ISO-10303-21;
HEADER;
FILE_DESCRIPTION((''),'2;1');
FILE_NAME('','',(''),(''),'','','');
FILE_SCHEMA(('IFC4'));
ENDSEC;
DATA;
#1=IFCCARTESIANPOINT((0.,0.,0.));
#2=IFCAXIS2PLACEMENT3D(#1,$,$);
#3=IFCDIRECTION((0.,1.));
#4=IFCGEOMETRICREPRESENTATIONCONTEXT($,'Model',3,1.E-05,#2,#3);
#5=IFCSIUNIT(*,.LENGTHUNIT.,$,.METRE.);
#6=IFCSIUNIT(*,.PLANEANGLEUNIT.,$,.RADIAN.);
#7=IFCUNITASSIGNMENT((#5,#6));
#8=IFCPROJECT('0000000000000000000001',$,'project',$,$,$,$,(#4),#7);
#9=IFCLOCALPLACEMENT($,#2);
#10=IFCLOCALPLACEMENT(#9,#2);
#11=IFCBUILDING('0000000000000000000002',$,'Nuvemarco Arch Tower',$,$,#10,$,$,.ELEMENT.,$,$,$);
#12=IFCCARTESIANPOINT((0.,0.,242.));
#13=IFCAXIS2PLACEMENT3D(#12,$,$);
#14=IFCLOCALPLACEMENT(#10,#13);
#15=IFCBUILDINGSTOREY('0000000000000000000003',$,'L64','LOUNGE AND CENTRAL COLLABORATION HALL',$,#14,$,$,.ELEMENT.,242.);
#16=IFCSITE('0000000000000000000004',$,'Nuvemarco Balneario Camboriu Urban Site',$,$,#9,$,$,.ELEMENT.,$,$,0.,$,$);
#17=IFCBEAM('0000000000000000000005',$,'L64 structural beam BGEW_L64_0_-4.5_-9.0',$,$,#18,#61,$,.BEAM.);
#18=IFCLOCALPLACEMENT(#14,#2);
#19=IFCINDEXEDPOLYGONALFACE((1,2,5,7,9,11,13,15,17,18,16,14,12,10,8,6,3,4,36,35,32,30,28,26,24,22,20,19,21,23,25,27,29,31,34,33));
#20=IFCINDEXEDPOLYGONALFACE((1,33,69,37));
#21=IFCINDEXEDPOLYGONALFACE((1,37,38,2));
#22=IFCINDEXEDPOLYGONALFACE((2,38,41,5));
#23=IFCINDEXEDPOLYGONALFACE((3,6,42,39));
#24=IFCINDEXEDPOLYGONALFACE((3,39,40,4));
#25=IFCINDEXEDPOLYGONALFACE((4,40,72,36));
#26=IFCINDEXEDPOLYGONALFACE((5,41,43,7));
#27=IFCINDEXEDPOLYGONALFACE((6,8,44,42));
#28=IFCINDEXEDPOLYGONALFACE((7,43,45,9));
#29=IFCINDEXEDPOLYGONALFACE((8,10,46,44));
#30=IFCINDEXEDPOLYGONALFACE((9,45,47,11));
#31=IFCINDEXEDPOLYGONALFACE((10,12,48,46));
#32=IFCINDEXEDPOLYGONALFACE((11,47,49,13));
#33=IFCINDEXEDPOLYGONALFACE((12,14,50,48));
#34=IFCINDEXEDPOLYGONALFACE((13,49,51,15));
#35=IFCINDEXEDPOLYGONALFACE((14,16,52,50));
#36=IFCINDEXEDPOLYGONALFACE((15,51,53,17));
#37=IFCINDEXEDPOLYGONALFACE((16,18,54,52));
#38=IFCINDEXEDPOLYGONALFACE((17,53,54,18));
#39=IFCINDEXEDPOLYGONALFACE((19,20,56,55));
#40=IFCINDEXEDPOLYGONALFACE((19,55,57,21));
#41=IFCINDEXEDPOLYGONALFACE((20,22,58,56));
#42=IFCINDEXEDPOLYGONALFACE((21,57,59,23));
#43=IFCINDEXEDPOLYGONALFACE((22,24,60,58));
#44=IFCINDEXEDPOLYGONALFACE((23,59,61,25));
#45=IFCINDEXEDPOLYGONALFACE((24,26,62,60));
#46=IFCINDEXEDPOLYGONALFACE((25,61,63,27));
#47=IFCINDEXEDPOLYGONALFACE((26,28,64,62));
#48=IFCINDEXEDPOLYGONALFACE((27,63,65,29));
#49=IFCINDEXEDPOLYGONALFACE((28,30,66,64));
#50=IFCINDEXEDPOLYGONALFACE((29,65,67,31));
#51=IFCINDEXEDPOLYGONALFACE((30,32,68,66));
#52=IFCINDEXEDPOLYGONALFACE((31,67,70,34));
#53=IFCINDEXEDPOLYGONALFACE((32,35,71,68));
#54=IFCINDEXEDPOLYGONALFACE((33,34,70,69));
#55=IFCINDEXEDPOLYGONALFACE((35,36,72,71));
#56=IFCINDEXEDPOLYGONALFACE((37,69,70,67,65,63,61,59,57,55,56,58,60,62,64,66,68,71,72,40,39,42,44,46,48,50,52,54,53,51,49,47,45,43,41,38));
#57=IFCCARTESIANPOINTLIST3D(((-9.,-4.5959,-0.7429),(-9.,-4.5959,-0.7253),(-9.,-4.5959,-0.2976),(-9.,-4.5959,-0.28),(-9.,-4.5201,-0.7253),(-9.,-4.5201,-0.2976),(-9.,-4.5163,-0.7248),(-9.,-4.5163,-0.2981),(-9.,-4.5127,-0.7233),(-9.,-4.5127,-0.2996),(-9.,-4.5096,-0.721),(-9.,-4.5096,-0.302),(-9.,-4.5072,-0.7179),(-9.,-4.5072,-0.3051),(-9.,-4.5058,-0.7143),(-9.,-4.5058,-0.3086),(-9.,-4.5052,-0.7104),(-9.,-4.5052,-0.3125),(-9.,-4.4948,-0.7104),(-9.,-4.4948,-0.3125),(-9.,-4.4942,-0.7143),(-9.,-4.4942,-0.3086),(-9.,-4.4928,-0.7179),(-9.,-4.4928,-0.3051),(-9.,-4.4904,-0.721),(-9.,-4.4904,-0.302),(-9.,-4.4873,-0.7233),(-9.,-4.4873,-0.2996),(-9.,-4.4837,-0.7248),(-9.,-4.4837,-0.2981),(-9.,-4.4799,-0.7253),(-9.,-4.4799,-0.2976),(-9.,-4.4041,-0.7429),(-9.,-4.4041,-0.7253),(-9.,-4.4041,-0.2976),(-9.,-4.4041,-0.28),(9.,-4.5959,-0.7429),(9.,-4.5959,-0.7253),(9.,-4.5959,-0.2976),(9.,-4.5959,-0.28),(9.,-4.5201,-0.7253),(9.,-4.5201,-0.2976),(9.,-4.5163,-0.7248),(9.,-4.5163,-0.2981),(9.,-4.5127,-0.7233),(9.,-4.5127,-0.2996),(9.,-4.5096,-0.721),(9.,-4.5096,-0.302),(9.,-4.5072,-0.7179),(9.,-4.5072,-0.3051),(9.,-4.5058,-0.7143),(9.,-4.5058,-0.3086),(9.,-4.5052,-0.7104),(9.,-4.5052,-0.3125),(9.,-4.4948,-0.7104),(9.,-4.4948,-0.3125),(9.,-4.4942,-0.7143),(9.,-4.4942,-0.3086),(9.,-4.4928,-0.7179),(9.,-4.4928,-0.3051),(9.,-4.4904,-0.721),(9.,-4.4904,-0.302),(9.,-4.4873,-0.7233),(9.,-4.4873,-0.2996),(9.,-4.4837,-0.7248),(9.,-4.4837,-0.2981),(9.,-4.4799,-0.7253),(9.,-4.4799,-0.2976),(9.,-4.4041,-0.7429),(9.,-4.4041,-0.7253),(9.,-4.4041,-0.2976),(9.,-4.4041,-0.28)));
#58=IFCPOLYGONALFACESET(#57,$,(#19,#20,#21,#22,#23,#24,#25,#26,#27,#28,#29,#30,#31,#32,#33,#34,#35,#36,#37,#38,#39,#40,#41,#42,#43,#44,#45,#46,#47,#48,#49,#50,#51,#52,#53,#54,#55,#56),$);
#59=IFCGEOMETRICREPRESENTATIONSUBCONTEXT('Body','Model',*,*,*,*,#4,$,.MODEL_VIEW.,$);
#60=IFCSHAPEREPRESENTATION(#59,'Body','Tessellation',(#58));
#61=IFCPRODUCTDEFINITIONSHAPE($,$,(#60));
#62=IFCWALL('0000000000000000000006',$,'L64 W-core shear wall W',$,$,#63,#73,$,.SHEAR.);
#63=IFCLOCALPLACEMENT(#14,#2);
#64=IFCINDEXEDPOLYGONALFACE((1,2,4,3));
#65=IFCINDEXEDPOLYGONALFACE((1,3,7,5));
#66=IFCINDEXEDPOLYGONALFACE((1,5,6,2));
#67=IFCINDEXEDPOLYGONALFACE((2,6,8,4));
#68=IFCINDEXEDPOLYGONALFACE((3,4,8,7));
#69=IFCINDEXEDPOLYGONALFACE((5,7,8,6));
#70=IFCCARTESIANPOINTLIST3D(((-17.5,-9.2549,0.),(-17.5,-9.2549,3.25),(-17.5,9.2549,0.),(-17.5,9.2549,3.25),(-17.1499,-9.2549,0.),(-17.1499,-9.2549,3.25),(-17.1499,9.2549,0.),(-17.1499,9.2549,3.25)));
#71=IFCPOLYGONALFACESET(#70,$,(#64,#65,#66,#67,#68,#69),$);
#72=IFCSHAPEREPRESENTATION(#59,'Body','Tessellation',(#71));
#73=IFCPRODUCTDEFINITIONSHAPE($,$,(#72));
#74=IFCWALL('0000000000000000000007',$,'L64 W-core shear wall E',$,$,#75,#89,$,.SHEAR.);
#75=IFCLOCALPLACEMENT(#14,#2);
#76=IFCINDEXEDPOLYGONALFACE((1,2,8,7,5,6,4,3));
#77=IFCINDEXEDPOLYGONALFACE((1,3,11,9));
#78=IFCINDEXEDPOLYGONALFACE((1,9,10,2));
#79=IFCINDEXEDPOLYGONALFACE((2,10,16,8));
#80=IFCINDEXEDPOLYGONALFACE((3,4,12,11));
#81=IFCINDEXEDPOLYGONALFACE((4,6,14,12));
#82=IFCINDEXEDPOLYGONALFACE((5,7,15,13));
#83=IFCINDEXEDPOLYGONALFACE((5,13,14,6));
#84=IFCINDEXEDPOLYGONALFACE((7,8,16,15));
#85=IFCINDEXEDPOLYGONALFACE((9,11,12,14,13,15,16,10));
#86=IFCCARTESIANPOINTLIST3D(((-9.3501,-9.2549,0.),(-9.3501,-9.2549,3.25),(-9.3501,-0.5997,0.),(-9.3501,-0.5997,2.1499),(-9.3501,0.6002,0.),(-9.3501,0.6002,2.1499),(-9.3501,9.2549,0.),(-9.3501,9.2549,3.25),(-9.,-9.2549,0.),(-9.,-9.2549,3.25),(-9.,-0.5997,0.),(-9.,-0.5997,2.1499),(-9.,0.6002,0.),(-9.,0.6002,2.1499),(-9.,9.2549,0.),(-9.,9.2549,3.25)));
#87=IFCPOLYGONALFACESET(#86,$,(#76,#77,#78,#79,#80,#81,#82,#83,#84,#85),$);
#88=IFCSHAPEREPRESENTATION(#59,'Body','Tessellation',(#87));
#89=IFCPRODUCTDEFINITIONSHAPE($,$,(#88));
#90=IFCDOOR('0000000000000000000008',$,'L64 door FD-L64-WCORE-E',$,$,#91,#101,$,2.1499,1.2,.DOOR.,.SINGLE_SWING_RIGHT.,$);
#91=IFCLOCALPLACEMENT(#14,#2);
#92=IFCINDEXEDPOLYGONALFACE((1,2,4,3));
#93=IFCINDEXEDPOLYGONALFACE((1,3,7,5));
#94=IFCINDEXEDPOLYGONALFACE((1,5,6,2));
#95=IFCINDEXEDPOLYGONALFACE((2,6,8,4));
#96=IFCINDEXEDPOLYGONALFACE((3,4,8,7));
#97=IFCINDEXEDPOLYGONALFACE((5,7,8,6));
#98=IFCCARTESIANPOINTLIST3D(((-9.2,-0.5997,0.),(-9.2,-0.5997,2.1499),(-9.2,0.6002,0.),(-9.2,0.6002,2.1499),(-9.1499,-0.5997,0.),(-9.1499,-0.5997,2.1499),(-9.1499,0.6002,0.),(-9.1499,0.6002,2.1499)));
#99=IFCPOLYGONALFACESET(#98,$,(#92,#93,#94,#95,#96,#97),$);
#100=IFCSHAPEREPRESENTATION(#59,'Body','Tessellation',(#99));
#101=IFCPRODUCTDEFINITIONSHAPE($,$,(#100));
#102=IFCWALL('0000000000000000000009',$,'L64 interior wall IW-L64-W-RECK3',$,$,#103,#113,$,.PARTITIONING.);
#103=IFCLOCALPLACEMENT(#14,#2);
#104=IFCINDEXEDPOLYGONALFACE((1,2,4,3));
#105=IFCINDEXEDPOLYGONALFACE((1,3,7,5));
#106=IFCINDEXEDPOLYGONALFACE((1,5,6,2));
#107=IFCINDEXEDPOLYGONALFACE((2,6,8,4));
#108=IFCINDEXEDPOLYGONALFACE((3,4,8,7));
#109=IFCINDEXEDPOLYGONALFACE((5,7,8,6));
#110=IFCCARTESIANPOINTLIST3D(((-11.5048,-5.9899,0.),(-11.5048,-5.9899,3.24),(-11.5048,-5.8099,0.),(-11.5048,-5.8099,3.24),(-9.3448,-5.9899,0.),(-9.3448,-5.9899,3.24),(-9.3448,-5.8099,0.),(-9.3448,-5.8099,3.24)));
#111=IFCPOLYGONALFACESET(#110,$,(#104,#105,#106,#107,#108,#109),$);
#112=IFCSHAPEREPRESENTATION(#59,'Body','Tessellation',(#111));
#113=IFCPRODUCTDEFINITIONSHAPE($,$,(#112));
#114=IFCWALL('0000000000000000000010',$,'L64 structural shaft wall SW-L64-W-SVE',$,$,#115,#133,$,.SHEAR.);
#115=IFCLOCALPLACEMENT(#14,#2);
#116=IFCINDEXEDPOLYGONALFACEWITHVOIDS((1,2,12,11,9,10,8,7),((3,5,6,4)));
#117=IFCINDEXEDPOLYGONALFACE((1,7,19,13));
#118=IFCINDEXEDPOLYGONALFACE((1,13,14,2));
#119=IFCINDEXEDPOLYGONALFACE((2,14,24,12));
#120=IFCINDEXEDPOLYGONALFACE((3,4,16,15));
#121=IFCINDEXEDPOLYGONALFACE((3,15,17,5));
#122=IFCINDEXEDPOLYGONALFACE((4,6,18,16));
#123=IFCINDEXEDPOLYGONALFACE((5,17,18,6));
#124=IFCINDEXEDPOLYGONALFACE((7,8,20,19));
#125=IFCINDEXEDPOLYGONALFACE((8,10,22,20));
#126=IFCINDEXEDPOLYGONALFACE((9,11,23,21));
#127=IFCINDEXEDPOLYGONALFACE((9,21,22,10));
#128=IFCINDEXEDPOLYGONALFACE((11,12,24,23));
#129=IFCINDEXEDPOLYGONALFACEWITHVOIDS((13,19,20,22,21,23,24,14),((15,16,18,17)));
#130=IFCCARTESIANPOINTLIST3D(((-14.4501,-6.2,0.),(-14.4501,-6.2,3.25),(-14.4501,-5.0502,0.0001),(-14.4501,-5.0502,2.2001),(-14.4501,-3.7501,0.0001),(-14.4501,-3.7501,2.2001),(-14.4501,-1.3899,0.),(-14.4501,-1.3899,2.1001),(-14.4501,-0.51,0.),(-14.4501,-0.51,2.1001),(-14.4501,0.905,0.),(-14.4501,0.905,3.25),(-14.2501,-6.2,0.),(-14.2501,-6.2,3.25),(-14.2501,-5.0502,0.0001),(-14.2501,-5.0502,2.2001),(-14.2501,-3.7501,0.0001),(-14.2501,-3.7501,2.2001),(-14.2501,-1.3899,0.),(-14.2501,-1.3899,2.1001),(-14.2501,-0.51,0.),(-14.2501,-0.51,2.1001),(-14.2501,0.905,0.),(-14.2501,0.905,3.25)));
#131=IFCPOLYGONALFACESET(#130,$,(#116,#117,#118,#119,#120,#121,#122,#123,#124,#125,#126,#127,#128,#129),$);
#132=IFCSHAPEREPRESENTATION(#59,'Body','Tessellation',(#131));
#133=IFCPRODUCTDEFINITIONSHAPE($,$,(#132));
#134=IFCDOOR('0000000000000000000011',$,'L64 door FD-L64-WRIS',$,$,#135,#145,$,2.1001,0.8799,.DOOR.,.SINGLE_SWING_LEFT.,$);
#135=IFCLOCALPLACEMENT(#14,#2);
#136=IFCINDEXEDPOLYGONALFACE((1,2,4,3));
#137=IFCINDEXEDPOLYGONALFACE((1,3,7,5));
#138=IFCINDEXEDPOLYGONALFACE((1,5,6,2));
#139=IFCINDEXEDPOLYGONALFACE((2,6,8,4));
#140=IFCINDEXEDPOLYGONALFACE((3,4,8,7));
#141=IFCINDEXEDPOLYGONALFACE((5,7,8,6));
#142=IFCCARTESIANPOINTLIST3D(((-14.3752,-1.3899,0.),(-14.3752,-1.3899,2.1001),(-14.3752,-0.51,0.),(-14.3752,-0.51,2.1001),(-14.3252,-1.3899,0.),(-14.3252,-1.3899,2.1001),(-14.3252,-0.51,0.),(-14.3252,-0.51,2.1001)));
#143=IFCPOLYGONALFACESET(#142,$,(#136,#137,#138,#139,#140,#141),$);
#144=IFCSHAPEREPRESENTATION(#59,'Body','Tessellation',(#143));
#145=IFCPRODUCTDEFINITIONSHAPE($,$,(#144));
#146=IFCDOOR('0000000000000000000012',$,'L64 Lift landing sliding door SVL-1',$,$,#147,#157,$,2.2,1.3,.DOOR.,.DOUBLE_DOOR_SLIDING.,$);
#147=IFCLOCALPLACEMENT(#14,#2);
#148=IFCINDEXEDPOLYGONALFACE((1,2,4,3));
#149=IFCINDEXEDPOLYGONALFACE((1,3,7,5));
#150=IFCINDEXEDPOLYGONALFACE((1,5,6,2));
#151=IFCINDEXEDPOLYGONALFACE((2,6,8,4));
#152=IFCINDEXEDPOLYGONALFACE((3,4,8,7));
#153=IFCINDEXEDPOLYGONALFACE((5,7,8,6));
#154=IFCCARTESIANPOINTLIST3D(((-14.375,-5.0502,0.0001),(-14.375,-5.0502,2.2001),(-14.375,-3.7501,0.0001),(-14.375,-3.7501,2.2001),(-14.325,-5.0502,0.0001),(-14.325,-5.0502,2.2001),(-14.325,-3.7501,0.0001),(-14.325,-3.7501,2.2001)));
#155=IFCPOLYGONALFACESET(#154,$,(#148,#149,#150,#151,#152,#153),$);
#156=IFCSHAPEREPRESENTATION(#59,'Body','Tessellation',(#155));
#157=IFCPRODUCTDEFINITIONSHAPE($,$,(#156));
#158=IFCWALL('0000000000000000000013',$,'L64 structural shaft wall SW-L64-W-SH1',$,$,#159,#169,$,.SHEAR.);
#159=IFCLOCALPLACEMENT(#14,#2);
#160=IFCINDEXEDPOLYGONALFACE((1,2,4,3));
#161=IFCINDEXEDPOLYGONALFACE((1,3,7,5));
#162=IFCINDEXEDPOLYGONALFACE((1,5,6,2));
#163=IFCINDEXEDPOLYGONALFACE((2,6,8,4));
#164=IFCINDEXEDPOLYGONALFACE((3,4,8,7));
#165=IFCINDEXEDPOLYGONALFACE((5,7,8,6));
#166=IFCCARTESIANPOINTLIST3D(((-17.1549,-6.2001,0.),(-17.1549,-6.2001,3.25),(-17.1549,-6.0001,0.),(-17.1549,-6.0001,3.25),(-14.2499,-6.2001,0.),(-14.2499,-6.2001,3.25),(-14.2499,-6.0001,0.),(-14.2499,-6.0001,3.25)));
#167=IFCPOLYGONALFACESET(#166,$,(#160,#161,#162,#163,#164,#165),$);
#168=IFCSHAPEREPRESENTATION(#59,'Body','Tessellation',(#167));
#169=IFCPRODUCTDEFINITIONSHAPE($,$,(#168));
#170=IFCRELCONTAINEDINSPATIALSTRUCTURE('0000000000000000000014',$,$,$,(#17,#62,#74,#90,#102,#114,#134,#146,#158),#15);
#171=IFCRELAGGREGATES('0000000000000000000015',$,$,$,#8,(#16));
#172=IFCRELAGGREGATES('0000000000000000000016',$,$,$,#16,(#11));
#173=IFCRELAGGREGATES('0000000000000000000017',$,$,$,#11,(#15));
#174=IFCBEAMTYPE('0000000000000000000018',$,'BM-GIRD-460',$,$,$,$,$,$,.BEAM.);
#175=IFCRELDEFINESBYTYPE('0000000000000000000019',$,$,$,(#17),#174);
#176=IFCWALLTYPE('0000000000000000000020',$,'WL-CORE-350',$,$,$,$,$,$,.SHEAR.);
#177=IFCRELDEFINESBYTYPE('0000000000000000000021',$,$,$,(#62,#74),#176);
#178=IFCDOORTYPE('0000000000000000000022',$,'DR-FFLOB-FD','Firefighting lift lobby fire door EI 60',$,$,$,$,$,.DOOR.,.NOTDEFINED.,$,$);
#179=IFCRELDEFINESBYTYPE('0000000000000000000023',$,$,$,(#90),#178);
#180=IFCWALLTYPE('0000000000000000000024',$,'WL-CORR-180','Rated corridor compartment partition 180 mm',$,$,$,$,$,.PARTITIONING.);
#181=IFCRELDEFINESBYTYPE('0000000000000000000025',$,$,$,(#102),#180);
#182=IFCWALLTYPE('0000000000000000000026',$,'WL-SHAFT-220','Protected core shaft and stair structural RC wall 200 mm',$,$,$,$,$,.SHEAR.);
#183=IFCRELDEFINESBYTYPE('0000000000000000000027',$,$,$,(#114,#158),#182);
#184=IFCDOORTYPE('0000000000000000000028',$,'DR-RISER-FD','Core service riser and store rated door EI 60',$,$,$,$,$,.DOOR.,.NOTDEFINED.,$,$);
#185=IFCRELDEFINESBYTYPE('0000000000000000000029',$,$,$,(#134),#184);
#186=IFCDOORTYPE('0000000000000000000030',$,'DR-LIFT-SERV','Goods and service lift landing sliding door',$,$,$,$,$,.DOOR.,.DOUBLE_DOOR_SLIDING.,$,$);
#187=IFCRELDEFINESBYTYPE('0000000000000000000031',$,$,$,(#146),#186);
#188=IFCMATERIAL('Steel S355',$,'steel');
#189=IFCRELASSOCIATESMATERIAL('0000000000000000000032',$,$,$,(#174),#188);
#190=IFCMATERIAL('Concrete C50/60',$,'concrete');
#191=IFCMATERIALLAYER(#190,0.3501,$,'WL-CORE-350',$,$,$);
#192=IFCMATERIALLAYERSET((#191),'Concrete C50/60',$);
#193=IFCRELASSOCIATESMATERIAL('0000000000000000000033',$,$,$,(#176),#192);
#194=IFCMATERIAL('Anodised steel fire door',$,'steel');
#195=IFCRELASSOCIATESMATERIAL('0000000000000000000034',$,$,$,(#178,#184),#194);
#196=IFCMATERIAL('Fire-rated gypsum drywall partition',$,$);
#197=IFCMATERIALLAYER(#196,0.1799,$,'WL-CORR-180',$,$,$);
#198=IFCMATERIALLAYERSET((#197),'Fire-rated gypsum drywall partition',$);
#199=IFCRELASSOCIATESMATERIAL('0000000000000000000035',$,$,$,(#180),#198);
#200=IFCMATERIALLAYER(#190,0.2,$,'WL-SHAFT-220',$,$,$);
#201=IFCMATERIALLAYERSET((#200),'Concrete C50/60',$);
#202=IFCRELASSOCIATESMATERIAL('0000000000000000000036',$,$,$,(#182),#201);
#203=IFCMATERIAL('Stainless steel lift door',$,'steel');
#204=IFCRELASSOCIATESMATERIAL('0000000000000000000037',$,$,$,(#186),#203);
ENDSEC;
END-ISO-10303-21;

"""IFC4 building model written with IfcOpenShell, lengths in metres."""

from ifc_helpers import new_model, si_unit, direction, frame, frame_2d, origin, origin_2d, place, context, subcontext, project, spatial, rectangle, i_section, extrude, source, transform, mapped, material, layer, layer_set, material_profile, profile_set, type_object, type_shapes, element, fill, save


model = new_model("IFC4")

# Units and contexts
model_context = context("Model", 3, precision=1e-05, world=origin(), true_north=direction((0.0, 1.0)))
body_context = subcontext(model_context, "Body", "Model", "MODEL_VIEW")
ifc_project = project(units=[si_unit("LENGTHUNIT", "METRE"), si_unit("PLANEANGLEUNIT", "RADIAN")], contexts=[model_context])

# Site, building, storey
site_placement = place(None, origin())
site = spatial("IfcSite", under=ifc_project, at=site_placement, Name="Nuvemarco Balneario Camboriu Urban Site", CompositionType="ELEMENT", RefElevation=0.0)
building_placement = place(site_placement, origin())
building = spatial("IfcBuilding", under=site, at=building_placement, Name="Nuvemarco Arch Tower", CompositionType="ELEMENT")
storey_placement = place(building_placement, frame((0.0, 0.0, 242.0)))
storey = spatial("IfcBuildingStorey", under=building, at=storey_placement, Name="L64", Description="LOUNGE AND CENTRAL COLLABORATION HALL", CompositionType="ELEMENT", Elevation=242.0)

# Shared definitions
ifc_material_1 = material(Name="Concrete C50/60", Category="concrete")

# Beam
ifc_material_2 = material(Name="Steel S355", Category="steel")
ifc_material_profile_1 = material_profile(ifc_material_2, i_section(OverallWidth=0.1919, OverallDepth=0.4629, WebThickness=0.0105, FlangeThickness=0.0176, FilletRadius=0.0149, at=origin_2d()), Name="W460x89")
ifc_profile_set_1 = profile_set([ifc_material_profile_1], Name="Steel S355")
beam_type_1 = type_object("IfcBeamType", Name="BM-GIRD-460", PredefinedType="BEAM", material=ifc_profile_set_1)
beam_1_placement = place(storey_placement, frame((-9.0, -4.5, -0.5115), z_axis=(1.0, 0.0, 0.0), x_axis=(0.0, 1.0, 0.0)))
element("IfcBeam", 1, at=beam_1_placement, inside=storey, type_object=beam_type_1, Name="L64 structural beam BGEW_L64_0_-4.5_-9.0", PredefinedType="BEAM", context=body_context, shape_type="SweptSolid", body=[
    extrude(i_section(OverallWidth=0.1919, OverallDepth=0.4629, WebThickness=0.0105, FlangeThickness=0.0176, FilletRadius=0.0149, at=origin_2d()), origin(), (0.0, 0.0, 1.0), 18.0),
])

# Wall
ifc_layer_1 = layer(ifc_material_1, 0.3501, Name="WL-CORE-350")
ifc_layer_set_1 = layer_set([ifc_layer_1], Name="Concrete C50/60")
wall_type_1 = type_object("IfcWallType", Name="WL-CORE-350", PredefinedType="SHEAR", material=ifc_layer_set_1)
wall_1_placement = place(storey_placement, frame((-17.325, -9.2549, 0.0), z_axis=(0.0, 0.0, 1.0), x_axis=(0.0, 1.0, 0.0)))
element("IfcWall", 2, at=wall_1_placement, inside=storey, type_object=wall_type_1, Name="L64 W-core shear wall W", PredefinedType="SHEAR", context=body_context, shape_type="SweptSolid", body=[
    extrude(rectangle(XDim=18.5098, YDim=0.3501, at=frame_2d((9.2549, 0.0))), origin(), (0.0, 0.0, 1.0), 3.25),
])

# Wall, opening, door
wall_2_placement = place(storey_placement, frame((-9.175, -9.2549, 0.0), z_axis=(0.0, 0.0, 1.0), x_axis=(0.0, 1.0, 0.0)))
wall_2 = element("IfcWall", 3, at=wall_2_placement, inside=storey, type_object=wall_type_1, Name="L64 W-core shear wall E", PredefinedType="SHEAR", context=body_context, shape_type="SweptSolid", body=[
    extrude(rectangle(XDim=18.5098, YDim=0.3501, at=frame_2d((9.2549, 0.0))), origin(), (0.0, 0.0, 1.0), 3.25),
])
opening_1_placement = place(wall_2_placement, frame((8.655, 0.0, 0.0)))
opening_1 = element("IfcOpeningElement", 4, at=opening_1_placement, cuts=wall_2, PredefinedType="OPENING", context=body_context, shape_type="SweptSolid", body=[
    extrude(rectangle(XDim=1.2, YDim=2.1499, at=frame_2d((0.6001, 1.075))), frame((0.0, 0.1851, 0.0), z_axis=(0.0, -1.0, 0.0), x_axis=(1.0, 0.0, 0.0)), (0.0, 0.0, 1.0), 0.3701),
])
ifc_material_3 = material(Name="Anodised steel fire door", Category="steel")
door_type_1 = type_object("IfcDoorType", Name="DR-FFLOB-FD", Description="Firefighting lift lobby fire door EI 60", OperationType="NOTDEFINED", PredefinedType="DOOR", material=ifc_material_3)
shared_shape_1 = source(origin(), body_context, "Body", "SweptSolid", [
    extrude(rectangle(XDim=1.2, YDim=2.1499, at=frame_2d((0.6001, 1.075))), frame((0.0, 0.0249, 0.0), z_axis=(0.0, -1.0, 0.0), x_axis=(1.0, 0.0, 0.0)), (0.0, 0.0, 1.0), 0.05),
])
type_shapes(door_type_1, [shared_shape_1])
door_1_placement = place(opening_1_placement, origin())
door_1 = element("IfcDoor", 5, at=door_1_placement, inside=storey, type_object=door_type_1, Name="L64 door FD-L64-WCORE-E", OperationType="SINGLE_SWING_RIGHT", OverallHeight=2.1499, OverallWidth=1.2, PredefinedType="DOOR", context=body_context, shape_type="MappedRepresentation", body=[
    mapped(shared_shape_1, transform((0.0, 0.0, 0.0), scale=1.0)),
])
fill(opening_1, door_1)

# Wall
ifc_material_4 = material(Name="Fire-rated gypsum drywall partition")
ifc_layer_2 = layer(ifc_material_4, 0.1799, Name="WL-CORR-180")
ifc_layer_set_2 = layer_set([ifc_layer_2], Name="Fire-rated gypsum drywall partition")
wall_type_2 = type_object("IfcWallType", Name="WL-CORR-180", Description="Rated corridor compartment partition 180 mm", PredefinedType="PARTITIONING", material=ifc_layer_set_2)
wall_3_placement = place(storey_placement, frame((-11.5049, -5.8999, 0.0), z_axis=(0.0, 0.0, 1.0), x_axis=(1.0, 0.0, 0.0)))
element("IfcWall", 6, at=wall_3_placement, inside=storey, type_object=wall_type_2, Name="L64 interior wall IW-L64-W-RECK3", PredefinedType="PARTITIONING", context=body_context, shape_type="SweptSolid", body=[
    extrude(rectangle(XDim=2.1599, YDim=0.1799, at=frame_2d((1.0801, 0.0))), origin(), (0.0, 0.0, 1.0), 3.24),
])

# Shared definitions
ifc_layer_3 = layer(ifc_material_1, 0.2, Name="WL-SHAFT-220")
ifc_layer_set_3 = layer_set([ifc_layer_3], Name="Concrete C50/60")
wall_type_3 = type_object("IfcWallType", Name="WL-SHAFT-220", Description="Protected core shaft and stair structural RC wall 200 mm", PredefinedType="SHEAR", material=ifc_layer_set_3)
ifc_material_5 = material(Name="Stainless steel lift door", Category="steel")

# Wall, openings, doors
wall_4_placement = place(storey_placement, frame((-14.3501, -6.2, 0.0), z_axis=(0.0, 0.0, 1.0), x_axis=(0.0, 1.0, 0.0)))
wall_4 = element("IfcWall", 7, at=wall_4_placement, inside=storey, type_object=wall_type_3, Name="L64 structural shaft wall SW-L64-W-SVE", PredefinedType="SHEAR", context=body_context, shape_type="SweptSolid", body=[
    extrude(rectangle(XDim=7.105, YDim=0.2, at=frame_2d((3.5525, 0.0))), origin(), (0.0, 0.0, 1.0), 3.25),
])
opening_2_placement = place(wall_4_placement, frame((5.6899, 0.0, 0.0), z_axis=(0.0, 0.0, 1.0), x_axis=(-1.0, 0.0, 0.0)))
opening_2 = element("IfcOpeningElement", 8, at=opening_2_placement, cuts=wall_4, PredefinedType="OPENING", context=body_context, shape_type="SweptSolid", body=[
    extrude(rectangle(XDim=0.8799, YDim=2.1001, at=frame_2d((0.4399, 1.05))), frame((0.0, 0.1099, 0.0), z_axis=(0.0, -1.0, 0.0), x_axis=(1.0, 0.0, 0.0)), (0.0, 0.0, 1.0), 0.22),
])
opening_3_placement = place(wall_4_placement, frame((1.1499, 0.0, 0.0)))
opening_3 = element("IfcOpeningElement", 9, at=opening_3_placement, cuts=wall_4, PredefinedType="OPENING", context=body_context, shape_type="SweptSolid", body=[
    extrude(rectangle(XDim=1.3, YDim=2.2, at=frame_2d((0.6499, 1.1001))), frame((0.0, 0.1099, 0.0), z_axis=(0.0, -1.0, 0.0), x_axis=(1.0, 0.0, 0.0)), (0.0, 0.0, 1.0), 0.22),
])
door_type_2 = type_object("IfcDoorType", Name="DR-RISER-FD", Description="Core service riser and store rated door EI 60", OperationType="NOTDEFINED", PredefinedType="DOOR", material=ifc_material_3)
shared_shape_2 = source(origin(), body_context, "Body", "SweptSolid", [
    extrude(rectangle(XDim=0.8799, YDim=2.1001, at=frame_2d((0.4399, 1.05))), frame((0.0, 0.0249, 0.0), z_axis=(0.0, -1.0, 0.0), x_axis=(1.0, 0.0, 0.0)), (0.0, 0.0, 1.0), 0.05),
])
type_shapes(door_type_2, [shared_shape_2])
door_2_placement = place(opening_2_placement, origin())
door_2 = element("IfcDoor", 10, at=door_2_placement, inside=storey, type_object=door_type_2, Name="L64 door FD-L64-WRIS", OperationType="SINGLE_SWING_LEFT", OverallHeight=2.1001, OverallWidth=0.8799, PredefinedType="DOOR", context=body_context, shape_type="MappedRepresentation", body=[
    mapped(shared_shape_2, transform((0.0, 0.0, 0.0), scale=1.0)),
])
fill(opening_2, door_2)
door_type_3 = type_object("IfcDoorType", Name="DR-LIFT-SERV", Description="Goods and service lift landing sliding door", OperationType="DOUBLE_DOOR_SLIDING", PredefinedType="DOOR", material=ifc_material_5)
shared_shape_3 = source(origin(), body_context, "Body", "SweptSolid", [
    extrude(rectangle(XDim=1.3, YDim=2.2, at=frame_2d((0.6499, 1.1001))), frame((0.0, 0.0249, 0.0), z_axis=(0.0, -1.0, 0.0), x_axis=(1.0, 0.0, 0.0)), (0.0, 0.0, 1.0), 0.05),
])
type_shapes(door_type_3, [shared_shape_3])
door_3_placement = place(opening_3_placement, origin())
door_3 = element("IfcDoor", 11, at=door_3_placement, inside=storey, type_object=door_type_3, Name="L64 Lift landing sliding door SVL-1", OperationType="DOUBLE_DOOR_SLIDING", OverallHeight=2.2, OverallWidth=1.3, PredefinedType="DOOR", context=body_context, shape_type="MappedRepresentation", body=[
    mapped(shared_shape_3, transform((0.0, 0.0, 0.0), scale=1.0)),
])
fill(opening_3, door_3)

# Wall
wall_5_placement = place(storey_placement, frame((-17.155, -6.1001, 0.0), z_axis=(0.0, 0.0, 1.0), x_axis=(1.0, 0.0, 0.0)))
element("IfcWall", 12, at=wall_5_placement, inside=storey, type_object=wall_type_3, Name="L64 structural shaft wall SW-L64-W-SH1", PredefinedType="SHEAR", context=body_context, shape_type="SweptSolid", body=[
    extrude(rectangle(XDim=2.905, YDim=0.2, at=frame_2d((1.4526, 0.0))), origin(), (0.0, 0.0, 1.0), 3.25),
])

save(model, "model.ifc")
